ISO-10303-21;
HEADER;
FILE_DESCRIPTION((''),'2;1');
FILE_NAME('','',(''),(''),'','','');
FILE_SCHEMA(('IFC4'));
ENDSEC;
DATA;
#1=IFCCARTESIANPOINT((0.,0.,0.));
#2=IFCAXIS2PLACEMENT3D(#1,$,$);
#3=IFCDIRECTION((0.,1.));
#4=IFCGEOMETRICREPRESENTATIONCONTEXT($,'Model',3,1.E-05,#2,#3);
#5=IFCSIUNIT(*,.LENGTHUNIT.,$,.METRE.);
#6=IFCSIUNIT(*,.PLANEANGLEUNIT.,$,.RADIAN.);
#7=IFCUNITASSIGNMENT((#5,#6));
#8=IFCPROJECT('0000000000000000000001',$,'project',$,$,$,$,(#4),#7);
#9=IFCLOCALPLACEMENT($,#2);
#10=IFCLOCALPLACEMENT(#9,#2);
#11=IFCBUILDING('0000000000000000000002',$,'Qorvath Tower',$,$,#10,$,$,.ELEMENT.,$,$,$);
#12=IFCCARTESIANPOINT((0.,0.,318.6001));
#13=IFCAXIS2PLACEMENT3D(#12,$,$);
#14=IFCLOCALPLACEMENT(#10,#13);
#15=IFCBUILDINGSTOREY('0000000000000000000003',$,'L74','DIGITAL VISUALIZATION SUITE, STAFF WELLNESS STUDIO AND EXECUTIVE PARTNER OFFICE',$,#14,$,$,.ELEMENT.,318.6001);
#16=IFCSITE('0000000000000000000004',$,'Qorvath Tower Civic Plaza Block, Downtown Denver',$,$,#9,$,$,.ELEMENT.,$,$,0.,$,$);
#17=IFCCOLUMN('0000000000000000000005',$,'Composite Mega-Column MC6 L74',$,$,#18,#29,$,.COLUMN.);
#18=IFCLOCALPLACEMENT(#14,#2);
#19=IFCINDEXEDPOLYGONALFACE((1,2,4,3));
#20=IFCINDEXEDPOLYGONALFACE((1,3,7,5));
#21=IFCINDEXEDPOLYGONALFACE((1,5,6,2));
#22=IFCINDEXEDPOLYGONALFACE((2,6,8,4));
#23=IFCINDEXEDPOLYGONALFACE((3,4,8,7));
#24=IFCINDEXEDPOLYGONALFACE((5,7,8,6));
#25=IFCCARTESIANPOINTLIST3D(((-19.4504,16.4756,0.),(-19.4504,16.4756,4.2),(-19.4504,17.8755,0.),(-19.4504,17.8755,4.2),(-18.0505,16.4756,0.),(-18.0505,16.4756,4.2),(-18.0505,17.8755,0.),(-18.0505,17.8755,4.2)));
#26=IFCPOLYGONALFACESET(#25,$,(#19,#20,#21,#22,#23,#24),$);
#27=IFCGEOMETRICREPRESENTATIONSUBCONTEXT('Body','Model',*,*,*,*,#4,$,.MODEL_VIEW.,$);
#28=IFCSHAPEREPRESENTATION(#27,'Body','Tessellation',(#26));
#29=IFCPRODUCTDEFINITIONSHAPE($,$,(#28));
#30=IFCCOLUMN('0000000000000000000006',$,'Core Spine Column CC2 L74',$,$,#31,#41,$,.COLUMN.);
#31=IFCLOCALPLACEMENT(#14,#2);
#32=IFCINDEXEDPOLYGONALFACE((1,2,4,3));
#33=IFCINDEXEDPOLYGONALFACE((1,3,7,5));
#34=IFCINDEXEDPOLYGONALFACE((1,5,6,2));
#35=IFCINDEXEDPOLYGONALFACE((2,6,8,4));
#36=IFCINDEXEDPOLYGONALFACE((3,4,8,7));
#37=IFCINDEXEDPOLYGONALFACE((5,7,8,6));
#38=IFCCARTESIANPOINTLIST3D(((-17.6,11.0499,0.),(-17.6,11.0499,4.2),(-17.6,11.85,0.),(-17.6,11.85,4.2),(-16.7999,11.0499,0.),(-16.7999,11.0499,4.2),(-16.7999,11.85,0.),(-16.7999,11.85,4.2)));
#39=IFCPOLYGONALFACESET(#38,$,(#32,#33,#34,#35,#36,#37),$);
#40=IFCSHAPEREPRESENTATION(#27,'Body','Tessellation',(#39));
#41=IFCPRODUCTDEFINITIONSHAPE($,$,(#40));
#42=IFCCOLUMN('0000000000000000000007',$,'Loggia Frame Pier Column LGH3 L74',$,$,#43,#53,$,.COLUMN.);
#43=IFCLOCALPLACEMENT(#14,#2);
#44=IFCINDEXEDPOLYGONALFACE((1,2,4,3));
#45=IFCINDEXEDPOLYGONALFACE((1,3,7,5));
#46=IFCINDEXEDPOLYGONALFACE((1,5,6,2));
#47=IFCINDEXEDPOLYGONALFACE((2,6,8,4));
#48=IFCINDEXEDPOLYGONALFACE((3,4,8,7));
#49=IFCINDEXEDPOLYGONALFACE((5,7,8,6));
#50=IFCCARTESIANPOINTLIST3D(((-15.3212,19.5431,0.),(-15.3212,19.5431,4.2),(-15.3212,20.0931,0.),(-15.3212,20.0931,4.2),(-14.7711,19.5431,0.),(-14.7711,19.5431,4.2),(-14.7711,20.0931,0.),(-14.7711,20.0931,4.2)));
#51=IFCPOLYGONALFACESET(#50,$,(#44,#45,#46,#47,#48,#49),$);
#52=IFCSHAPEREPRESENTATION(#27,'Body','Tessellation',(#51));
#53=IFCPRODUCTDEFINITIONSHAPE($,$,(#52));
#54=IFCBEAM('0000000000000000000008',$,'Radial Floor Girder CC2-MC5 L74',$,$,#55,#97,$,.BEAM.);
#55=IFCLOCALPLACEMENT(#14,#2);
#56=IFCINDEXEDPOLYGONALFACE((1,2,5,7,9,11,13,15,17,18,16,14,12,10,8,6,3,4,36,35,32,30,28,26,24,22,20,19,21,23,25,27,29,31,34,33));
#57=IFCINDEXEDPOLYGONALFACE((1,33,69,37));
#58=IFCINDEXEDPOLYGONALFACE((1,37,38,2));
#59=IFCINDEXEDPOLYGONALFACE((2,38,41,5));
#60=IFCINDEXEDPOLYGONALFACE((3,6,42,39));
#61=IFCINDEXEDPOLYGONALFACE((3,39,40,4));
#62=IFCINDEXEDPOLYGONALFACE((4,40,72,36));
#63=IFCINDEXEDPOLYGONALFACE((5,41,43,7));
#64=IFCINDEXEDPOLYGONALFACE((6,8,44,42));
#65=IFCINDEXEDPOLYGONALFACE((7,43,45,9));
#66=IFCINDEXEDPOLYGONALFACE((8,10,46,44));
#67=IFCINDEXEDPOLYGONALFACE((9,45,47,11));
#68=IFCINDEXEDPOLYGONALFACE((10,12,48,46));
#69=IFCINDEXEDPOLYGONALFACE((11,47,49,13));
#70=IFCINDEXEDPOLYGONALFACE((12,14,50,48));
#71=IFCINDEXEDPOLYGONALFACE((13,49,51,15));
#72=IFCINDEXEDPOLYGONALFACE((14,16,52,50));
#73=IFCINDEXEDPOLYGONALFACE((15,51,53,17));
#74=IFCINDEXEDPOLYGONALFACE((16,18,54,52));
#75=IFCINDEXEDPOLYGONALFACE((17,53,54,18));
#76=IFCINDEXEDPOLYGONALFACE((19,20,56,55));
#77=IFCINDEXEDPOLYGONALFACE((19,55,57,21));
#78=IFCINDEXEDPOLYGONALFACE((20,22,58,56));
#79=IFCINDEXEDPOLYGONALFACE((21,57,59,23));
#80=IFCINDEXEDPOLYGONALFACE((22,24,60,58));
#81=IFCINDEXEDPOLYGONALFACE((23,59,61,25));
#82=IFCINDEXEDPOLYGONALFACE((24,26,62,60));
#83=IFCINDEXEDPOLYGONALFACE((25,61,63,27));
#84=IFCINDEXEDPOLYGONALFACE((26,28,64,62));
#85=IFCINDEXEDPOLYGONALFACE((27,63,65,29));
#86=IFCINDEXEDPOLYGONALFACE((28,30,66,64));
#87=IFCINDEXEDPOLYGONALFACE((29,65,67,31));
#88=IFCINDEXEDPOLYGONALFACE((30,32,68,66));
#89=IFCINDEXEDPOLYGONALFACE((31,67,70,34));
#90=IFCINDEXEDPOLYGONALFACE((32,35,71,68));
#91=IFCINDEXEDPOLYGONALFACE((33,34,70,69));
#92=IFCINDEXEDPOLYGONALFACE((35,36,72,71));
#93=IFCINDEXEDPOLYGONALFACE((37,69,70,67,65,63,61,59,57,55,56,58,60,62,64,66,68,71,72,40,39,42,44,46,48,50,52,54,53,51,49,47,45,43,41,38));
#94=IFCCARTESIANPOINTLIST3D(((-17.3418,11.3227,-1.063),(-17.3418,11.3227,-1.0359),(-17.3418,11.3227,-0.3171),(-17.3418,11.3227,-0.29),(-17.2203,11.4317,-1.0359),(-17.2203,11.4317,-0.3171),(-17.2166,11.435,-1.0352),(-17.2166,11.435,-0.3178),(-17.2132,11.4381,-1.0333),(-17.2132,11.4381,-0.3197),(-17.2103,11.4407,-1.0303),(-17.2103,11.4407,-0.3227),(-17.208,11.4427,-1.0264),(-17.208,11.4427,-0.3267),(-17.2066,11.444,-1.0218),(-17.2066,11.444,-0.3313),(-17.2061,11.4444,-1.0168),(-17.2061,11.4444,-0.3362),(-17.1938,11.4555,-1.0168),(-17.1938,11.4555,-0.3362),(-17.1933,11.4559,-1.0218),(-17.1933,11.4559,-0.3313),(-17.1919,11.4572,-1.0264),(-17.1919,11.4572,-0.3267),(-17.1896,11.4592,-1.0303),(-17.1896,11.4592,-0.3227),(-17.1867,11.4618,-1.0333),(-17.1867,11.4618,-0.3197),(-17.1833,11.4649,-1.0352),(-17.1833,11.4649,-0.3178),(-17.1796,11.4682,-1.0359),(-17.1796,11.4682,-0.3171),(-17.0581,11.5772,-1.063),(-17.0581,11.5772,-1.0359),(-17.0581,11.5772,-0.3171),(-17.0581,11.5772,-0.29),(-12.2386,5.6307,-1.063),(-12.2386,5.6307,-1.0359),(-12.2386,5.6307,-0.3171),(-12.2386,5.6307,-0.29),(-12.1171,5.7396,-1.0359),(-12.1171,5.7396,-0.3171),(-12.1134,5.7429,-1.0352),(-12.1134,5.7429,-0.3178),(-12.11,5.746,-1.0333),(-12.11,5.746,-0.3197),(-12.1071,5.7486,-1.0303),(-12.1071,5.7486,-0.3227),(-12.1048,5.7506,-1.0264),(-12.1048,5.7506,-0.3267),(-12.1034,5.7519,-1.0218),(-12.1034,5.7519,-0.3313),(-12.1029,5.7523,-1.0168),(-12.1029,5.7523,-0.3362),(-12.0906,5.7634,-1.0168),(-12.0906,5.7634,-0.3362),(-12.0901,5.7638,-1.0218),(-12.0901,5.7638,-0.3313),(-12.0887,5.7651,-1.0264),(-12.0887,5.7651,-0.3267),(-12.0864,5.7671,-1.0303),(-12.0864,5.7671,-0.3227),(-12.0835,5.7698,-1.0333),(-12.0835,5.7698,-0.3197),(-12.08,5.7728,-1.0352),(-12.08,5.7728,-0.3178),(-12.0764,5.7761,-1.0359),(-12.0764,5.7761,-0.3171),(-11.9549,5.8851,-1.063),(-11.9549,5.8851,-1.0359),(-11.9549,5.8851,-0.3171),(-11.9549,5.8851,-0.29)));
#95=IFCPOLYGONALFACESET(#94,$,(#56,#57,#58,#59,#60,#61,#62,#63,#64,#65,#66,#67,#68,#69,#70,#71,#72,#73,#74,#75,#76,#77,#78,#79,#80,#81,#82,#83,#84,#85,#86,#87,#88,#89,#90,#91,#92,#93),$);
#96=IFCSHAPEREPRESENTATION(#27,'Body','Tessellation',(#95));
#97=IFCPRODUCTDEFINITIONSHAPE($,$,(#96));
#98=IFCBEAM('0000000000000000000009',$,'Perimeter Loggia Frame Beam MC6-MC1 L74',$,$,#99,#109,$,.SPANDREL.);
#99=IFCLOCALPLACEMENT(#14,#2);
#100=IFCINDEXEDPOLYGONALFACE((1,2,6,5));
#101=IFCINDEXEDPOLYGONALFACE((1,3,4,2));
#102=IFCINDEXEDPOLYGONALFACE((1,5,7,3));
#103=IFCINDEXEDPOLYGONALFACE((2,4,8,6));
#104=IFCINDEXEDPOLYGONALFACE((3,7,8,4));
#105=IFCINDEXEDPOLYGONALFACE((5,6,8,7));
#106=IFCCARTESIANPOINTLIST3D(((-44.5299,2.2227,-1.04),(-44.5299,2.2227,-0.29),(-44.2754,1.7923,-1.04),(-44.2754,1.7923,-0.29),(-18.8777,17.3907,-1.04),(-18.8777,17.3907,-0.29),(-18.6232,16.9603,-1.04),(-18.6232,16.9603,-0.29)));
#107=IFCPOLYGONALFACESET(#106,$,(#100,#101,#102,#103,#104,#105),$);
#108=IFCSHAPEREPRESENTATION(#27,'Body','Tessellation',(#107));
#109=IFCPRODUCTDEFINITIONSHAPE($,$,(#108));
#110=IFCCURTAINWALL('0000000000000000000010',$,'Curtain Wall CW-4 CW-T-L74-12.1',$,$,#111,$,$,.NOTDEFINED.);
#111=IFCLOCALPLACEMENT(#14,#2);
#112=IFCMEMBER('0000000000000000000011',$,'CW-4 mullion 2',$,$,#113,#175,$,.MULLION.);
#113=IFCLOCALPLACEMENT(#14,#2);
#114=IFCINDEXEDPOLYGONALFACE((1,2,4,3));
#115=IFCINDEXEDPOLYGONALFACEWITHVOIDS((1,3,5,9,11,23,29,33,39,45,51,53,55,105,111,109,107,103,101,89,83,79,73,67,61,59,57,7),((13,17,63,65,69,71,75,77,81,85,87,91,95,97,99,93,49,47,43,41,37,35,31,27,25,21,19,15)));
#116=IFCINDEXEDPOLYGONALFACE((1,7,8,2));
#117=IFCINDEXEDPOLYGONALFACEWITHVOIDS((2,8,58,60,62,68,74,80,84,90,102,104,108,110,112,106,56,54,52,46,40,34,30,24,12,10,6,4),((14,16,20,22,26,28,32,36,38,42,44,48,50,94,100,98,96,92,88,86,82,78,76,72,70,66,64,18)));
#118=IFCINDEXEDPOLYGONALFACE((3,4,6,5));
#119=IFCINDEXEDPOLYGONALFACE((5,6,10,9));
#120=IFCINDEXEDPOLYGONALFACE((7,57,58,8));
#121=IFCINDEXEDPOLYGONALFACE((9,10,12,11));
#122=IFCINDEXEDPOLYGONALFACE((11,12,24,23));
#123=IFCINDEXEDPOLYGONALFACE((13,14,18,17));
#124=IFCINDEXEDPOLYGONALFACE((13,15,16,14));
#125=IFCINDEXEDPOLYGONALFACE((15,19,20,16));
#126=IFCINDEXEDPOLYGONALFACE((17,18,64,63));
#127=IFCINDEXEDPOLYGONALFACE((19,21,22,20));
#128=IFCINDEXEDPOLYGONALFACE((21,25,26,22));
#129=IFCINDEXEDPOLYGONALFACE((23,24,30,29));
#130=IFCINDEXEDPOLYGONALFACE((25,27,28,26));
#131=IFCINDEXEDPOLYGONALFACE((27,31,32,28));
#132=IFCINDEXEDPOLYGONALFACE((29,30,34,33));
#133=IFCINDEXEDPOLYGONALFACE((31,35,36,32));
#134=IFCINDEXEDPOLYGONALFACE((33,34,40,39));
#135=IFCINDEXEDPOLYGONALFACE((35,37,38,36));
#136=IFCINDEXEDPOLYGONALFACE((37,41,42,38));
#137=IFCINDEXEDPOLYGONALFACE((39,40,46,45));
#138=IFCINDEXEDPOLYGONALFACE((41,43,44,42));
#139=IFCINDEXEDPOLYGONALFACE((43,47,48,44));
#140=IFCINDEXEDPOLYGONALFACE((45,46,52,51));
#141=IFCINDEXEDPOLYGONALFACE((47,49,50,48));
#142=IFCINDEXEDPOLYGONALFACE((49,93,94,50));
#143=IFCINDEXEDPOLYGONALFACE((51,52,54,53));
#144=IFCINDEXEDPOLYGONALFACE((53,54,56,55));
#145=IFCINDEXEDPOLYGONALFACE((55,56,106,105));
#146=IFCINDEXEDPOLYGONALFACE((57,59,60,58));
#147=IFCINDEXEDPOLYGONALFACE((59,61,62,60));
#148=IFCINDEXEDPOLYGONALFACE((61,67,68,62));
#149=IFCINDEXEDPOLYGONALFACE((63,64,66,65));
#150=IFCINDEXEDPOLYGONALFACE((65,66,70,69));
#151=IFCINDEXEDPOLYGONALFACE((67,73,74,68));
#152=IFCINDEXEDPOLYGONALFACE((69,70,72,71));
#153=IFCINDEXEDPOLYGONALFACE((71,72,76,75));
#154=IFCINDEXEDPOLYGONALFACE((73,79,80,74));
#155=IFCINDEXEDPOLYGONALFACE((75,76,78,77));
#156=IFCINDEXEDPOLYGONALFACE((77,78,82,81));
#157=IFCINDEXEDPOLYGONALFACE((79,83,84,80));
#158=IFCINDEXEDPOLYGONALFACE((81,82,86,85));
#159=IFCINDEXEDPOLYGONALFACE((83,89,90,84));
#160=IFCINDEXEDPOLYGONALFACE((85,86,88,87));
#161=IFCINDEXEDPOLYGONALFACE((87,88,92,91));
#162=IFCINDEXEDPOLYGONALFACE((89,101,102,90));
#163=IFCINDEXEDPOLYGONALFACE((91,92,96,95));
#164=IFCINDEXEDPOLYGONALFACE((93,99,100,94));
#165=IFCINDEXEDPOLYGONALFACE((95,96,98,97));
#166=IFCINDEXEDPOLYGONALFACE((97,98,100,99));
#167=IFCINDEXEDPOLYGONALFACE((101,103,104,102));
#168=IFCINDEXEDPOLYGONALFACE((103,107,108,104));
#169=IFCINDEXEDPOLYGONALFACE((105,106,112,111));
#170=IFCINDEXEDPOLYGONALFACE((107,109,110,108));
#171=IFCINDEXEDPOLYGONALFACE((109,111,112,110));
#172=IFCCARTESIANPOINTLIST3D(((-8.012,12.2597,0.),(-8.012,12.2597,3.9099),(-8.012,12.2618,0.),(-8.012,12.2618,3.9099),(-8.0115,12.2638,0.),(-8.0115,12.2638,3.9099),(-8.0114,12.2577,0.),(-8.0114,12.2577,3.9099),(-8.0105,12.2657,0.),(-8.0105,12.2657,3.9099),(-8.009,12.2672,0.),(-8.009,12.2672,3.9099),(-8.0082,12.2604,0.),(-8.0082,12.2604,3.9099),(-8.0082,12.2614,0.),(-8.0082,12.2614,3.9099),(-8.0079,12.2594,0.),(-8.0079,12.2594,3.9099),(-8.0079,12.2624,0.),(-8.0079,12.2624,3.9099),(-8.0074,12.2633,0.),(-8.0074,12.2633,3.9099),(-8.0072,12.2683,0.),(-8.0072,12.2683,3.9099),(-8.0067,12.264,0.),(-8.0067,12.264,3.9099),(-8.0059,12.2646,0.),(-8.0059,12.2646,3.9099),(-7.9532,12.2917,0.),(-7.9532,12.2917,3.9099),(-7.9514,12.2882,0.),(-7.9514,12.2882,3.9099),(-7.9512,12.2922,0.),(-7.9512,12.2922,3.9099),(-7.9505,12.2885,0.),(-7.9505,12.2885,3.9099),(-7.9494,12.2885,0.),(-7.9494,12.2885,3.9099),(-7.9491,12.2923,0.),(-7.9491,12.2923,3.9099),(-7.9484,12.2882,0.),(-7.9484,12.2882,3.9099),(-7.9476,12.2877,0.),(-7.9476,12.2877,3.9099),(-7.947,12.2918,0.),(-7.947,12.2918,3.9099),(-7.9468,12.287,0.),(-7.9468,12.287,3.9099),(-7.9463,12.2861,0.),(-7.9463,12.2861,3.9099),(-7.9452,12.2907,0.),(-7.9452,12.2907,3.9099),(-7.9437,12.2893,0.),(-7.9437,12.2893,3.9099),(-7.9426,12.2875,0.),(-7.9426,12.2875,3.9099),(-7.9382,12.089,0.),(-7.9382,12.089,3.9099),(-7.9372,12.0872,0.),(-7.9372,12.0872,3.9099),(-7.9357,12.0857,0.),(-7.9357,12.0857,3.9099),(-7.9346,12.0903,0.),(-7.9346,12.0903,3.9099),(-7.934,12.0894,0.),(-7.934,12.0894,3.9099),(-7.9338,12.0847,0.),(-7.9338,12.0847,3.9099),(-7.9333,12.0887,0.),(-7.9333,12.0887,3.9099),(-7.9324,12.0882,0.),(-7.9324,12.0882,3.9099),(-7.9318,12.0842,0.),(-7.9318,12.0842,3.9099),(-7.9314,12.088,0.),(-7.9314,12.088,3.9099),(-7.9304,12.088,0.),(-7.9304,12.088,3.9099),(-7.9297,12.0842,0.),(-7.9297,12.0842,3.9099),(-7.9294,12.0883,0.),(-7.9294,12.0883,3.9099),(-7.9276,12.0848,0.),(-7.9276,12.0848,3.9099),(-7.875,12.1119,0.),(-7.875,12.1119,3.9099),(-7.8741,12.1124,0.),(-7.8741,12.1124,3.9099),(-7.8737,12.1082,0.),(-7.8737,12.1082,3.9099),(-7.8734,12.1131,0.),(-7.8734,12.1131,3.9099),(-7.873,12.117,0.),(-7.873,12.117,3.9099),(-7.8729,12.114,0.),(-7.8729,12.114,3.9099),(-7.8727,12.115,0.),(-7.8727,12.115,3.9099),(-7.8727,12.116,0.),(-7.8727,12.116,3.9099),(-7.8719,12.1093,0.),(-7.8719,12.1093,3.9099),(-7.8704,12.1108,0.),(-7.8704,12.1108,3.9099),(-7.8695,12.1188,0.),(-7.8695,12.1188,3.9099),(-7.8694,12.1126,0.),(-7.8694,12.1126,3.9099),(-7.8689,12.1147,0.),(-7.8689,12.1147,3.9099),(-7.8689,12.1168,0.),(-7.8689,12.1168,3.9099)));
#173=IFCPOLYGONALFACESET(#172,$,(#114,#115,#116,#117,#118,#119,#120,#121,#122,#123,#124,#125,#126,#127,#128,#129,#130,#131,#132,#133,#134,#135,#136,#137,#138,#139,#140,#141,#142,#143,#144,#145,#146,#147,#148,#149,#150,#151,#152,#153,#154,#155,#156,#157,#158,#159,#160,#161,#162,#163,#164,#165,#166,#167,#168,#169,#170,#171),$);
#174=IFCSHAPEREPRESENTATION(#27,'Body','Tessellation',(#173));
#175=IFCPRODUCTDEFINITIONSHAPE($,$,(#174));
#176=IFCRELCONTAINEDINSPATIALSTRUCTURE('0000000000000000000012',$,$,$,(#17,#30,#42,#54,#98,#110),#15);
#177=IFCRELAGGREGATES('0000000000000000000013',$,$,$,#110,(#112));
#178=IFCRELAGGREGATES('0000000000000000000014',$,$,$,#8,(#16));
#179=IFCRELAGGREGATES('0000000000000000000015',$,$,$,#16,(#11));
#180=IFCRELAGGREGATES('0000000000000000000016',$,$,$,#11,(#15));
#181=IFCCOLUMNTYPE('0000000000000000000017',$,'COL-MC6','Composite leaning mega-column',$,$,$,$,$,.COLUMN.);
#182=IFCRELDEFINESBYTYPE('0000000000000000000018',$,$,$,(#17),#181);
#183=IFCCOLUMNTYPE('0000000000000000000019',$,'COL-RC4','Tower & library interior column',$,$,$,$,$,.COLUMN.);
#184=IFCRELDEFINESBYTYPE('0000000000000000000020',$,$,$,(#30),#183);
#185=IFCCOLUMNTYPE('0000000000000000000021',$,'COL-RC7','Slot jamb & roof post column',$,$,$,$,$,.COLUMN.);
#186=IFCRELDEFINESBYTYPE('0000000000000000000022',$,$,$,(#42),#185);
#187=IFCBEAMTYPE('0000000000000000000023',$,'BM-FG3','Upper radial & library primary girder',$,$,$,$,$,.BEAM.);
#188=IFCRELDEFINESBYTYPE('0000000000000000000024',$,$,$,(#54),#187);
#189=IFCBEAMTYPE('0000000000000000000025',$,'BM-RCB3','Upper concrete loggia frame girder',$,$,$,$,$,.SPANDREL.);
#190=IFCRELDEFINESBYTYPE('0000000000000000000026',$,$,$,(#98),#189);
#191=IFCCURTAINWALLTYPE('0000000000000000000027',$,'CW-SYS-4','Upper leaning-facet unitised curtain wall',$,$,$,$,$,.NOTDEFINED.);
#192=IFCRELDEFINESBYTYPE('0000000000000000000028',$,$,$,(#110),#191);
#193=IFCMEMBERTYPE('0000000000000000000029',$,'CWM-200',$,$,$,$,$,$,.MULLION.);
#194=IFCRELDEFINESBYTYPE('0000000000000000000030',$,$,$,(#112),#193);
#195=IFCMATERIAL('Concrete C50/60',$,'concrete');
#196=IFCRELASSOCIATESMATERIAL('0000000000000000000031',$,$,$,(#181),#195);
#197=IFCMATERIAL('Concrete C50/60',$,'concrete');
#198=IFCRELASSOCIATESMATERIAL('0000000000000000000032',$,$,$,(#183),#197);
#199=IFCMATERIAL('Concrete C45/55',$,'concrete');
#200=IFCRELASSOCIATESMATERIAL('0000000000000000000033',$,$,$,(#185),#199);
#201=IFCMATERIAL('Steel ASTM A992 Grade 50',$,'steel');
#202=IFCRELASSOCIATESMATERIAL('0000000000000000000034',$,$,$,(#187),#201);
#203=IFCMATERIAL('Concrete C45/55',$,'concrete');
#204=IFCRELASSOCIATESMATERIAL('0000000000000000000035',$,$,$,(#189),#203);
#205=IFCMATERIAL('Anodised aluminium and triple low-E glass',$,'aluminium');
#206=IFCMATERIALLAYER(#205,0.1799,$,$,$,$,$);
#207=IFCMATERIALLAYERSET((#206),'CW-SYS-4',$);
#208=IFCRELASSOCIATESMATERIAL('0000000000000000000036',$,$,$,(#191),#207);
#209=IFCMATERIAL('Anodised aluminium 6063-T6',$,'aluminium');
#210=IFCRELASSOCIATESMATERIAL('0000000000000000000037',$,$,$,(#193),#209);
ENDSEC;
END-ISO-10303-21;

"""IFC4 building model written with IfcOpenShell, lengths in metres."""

from ifc_helpers import new_model, si_unit, direction, frame, origin, origin_2d, place, context, subcontext, project, spatial, rectangle, hollow_rectangle, i_section, extrude, material, layer, layer_set, material_profile, profile_set, type_object, element, aggregate, save


model = new_model("IFC4")

# Units and contexts
model_context = context("Model", 3, precision=1e-05, world=origin(), true_north=direction((0.0, 1.0)))
body_context = subcontext(model_context, "Body", "Model", "MODEL_VIEW")
ifc_project = project(units=[si_unit("LENGTHUNIT", "METRE"), si_unit("PLANEANGLEUNIT", "RADIAN")], contexts=[model_context])

# Site, building, storey
site_placement = place(None, origin())
site = spatial("IfcSite", under=ifc_project, at=site_placement, Name="Qorvath Tower Civic Plaza Block, Downtown Denver", CompositionType="ELEMENT", RefElevation=0.0)
building_placement = place(site_placement, origin())
building = spatial("IfcBuilding", under=site, at=building_placement, Name="Qorvath Tower", CompositionType="ELEMENT")
storey_placement = place(building_placement, frame((0.0, 0.0, 318.6001)))
storey = spatial("IfcBuildingStorey", under=building, at=storey_placement, Name="L74", Description="DIGITAL VISUALIZATION SUITE, STAFF WELLNESS STUDIO AND EXECUTIVE PARTNER OFFICE", CompositionType="ELEMENT", Elevation=318.6001)

# Columns
ifc_material_1 = material(Name="Concrete C50/60", Category="concrete")
ifc_material_profile_1 = material_profile(ifc_material_1, rectangle(XDim=1.3999, YDim=1.3999, at=origin_2d()), Name="MC 1400x1400")
ifc_profile_set_1 = profile_set([ifc_material_profile_1], Name="Concrete C50/60")
column_type_1 = type_object("IfcColumnType", Name="COL-MC6", Description="Composite leaning mega-column", PredefinedType="COLUMN", material=ifc_profile_set_1)
column_1_placement = place(storey_placement, frame((-18.7505, 17.1755, 0.0), z_axis=(0.0, 0.0, 1.0), x_axis=(1.0, 0.0, 0.0)))
element("IfcColumn", 1, at=column_1_placement, inside=storey, type_object=column_type_1, Name="Composite Mega-Column MC6 L74", PredefinedType="COLUMN", context=body_context, shape_type="SweptSolid", body=[
    extrude(rectangle(XDim=1.3999, YDim=1.3999, at=origin_2d()), origin(), (0.0, 0.0, 1.0), 4.2),
])
ifc_material_2 = material(Name="Concrete C50/60", Category="concrete")
ifc_material_profile_2 = material_profile(ifc_material_2, rectangle(XDim=0.8, YDim=0.8, at=origin_2d()), Name="RC 800x800")
ifc_profile_set_2 = profile_set([ifc_material_profile_2], Name="Concrete C50/60")
column_type_2 = type_object("IfcColumnType", Name="COL-RC4", Description="Tower & library interior column", PredefinedType="COLUMN", material=ifc_profile_set_2)
column_2_placement = place(storey_placement, frame((-17.2, 11.45, 0.0), z_axis=(0.0, 0.0, 1.0), x_axis=(1.0, 0.0, 0.0)))
element("IfcColumn", 2, at=column_2_placement, inside=storey, type_object=column_type_2, Name="Core Spine Column CC2 L74", PredefinedType="COLUMN", context=body_context, shape_type="SweptSolid", body=[
    extrude(rectangle(XDim=0.8, YDim=0.8, at=origin_2d()), origin(), (0.0, 0.0, 1.0), 4.2),
])
ifc_material_3 = material(Name="Concrete C45/55", Category="concrete")
ifc_material_profile_3 = material_profile(ifc_material_3, rectangle(XDim=0.55, YDim=0.55, at=origin_2d()), Name="RC 550x550")
ifc_profile_set_3 = profile_set([ifc_material_profile_3], Name="Concrete C45/55")
column_type_3 = type_object("IfcColumnType", Name="COL-RC7", Description="Slot jamb & roof post column", PredefinedType="COLUMN", material=ifc_profile_set_3)
column_3_placement = place(storey_placement, frame((-15.0461, 19.8181, 0.0), z_axis=(0.0, 0.0, 1.0), x_axis=(1.0, 0.0, 0.0)))
element("IfcColumn", 3, at=column_3_placement, inside=storey, type_object=column_type_3, Name="Loggia Frame Pier Column LGH3 L74", PredefinedType="COLUMN", context=body_context, shape_type="SweptSolid", body=[
    extrude(rectangle(XDim=0.55, YDim=0.55, at=origin_2d()), origin(), (0.0, 0.0, 1.0), 4.2),
])

# Beams
ifc_material_4 = material(Name="Steel ASTM A992 Grade 50", Category="steel")
ifc_material_profile_4 = material_profile(ifc_material_4, i_section(OverallWidth=0.3811, OverallDepth=0.7729, WebThickness=0.0166, FlangeThickness=0.0271, FilletRadius=0.019, at=origin_2d()), Name="W30x173")
ifc_profile_set_4 = profile_set([ifc_material_profile_4], Name="Steel ASTM A992 Grade 50")
beam_type_1 = type_object("IfcBeamType", Name="BM-FG3", Description="Upper radial & library primary girder", PredefinedType="BEAM", material=ifc_profile_set_4)
beam_1_placement = place(storey_placement, frame((-17.2, 11.45, -0.6765), z_axis=(0.667543, -0.744571, 0.0), x_axis=(0.744571, 0.667543, 0.0)))
element("IfcBeam", 4, at=beam_1_placement, inside=storey, type_object=beam_type_1, Name="Radial Floor Girder CC2-MC5 L74", PredefinedType="BEAM", context=body_context, shape_type="SweptSolid", body=[
    extrude(i_section(OverallWidth=0.3811, OverallDepth=0.7729, WebThickness=0.0166, FlangeThickness=0.0271, FilletRadius=0.019, at=origin_2d()), origin(), (0.0, 0.0, 1.0), 7.6448),
])
ifc_material_5 = material(Name="Concrete C45/55", Category="concrete")
ifc_material_profile_5 = material_profile(ifc_material_5, rectangle(XDim=0.5, YDim=0.75, at=origin_2d()), Name="RCB 750x500")
ifc_profile_set_5 = profile_set([ifc_material_profile_5], Name="Concrete C45/55")
beam_type_2 = type_object("IfcBeamType", Name="BM-RCB3", Description="Upper concrete loggia frame girder", PredefinedType="SPANDREL", material=ifc_profile_set_5)
beam_2_placement = place(storey_placement, frame((-18.7505, 17.1755, -0.665), z_axis=(-0.860781, -0.508976, 0.0), x_axis=(0.508976, -0.860781, 0.0)))
element("IfcBeam", 5, at=beam_2_placement, inside=storey, type_object=beam_type_2, Name="Perimeter Loggia Frame Beam MC6-MC1 L74", PredefinedType="SPANDREL", context=body_context, shape_type="SweptSolid", body=[
    extrude(rectangle(XDim=0.5, YDim=0.75, at=origin_2d()), origin(), (0.0, 0.0, 1.0), 29.801),
])

# Curtain wall, member
ifc_material_6 = material(Name="Anodised aluminium and triple low-E glass", Category="aluminium")
ifc_layer_1 = layer(ifc_material_6, 0.1799)
ifc_layer_set_1 = layer_set([ifc_layer_1], Name="CW-SYS-4")
curtain_wall_type = type_object("IfcCurtainWallType", Name="CW-SYS-4", Description="Upper leaning-facet unitised curtain wall", PredefinedType="NOTDEFINED", material=ifc_layer_set_1)
curtain_wall_1_placement = place(storey_placement, origin())
curtain_wall_1 = element("IfcCurtainWall", 6, at=curtain_wall_1_placement, inside=storey, type_object=curtain_wall_type, Name="Curtain Wall CW-4 CW-T-L74-12.1", PredefinedType="NOTDEFINED")
ifc_material_7 = material(Name="Anodised aluminium 6063-T6", Category="aluminium")
ifc_material_profile_6 = material_profile(ifc_material_7, hollow_rectangle(XDim=0.075, YDim=0.2, WallThickness=0.0039, InnerFilletRadius=0.0039, OuterFilletRadius=0.0081, at=origin_2d()), Name="CWM 200x75")
ifc_profile_set_6 = profile_set([ifc_material_profile_6], Name="Anodised aluminium 6063-T6")
member_type_1 = type_object("IfcMemberType", Name="CWM-200", PredefinedType="MULLION", material=ifc_profile_set_6)
member_1_placement = place(storey_placement, frame((-7.9404, 12.1882, 0.0), z_axis=(0.0, 0.0, 1.0), x_axis=(-0.917467, -0.397813, 0.0)))
member_1 = element("IfcMember", 7, at=member_1_placement, type_object=member_type_1, Name="CW-4 mullion 2", PredefinedType="MULLION", context=body_context, shape_type="SweptSolid", body=[
    extrude(hollow_rectangle(XDim=0.075, YDim=0.2, WallThickness=0.0039, InnerFilletRadius=0.0039, OuterFilletRadius=0.0081, at=origin_2d()), origin(), (0.0, 0.0, 1.0), 3.9099),
])
aggregate(curtain_wall_1, [member_1])

save(model, "model.ifc")
